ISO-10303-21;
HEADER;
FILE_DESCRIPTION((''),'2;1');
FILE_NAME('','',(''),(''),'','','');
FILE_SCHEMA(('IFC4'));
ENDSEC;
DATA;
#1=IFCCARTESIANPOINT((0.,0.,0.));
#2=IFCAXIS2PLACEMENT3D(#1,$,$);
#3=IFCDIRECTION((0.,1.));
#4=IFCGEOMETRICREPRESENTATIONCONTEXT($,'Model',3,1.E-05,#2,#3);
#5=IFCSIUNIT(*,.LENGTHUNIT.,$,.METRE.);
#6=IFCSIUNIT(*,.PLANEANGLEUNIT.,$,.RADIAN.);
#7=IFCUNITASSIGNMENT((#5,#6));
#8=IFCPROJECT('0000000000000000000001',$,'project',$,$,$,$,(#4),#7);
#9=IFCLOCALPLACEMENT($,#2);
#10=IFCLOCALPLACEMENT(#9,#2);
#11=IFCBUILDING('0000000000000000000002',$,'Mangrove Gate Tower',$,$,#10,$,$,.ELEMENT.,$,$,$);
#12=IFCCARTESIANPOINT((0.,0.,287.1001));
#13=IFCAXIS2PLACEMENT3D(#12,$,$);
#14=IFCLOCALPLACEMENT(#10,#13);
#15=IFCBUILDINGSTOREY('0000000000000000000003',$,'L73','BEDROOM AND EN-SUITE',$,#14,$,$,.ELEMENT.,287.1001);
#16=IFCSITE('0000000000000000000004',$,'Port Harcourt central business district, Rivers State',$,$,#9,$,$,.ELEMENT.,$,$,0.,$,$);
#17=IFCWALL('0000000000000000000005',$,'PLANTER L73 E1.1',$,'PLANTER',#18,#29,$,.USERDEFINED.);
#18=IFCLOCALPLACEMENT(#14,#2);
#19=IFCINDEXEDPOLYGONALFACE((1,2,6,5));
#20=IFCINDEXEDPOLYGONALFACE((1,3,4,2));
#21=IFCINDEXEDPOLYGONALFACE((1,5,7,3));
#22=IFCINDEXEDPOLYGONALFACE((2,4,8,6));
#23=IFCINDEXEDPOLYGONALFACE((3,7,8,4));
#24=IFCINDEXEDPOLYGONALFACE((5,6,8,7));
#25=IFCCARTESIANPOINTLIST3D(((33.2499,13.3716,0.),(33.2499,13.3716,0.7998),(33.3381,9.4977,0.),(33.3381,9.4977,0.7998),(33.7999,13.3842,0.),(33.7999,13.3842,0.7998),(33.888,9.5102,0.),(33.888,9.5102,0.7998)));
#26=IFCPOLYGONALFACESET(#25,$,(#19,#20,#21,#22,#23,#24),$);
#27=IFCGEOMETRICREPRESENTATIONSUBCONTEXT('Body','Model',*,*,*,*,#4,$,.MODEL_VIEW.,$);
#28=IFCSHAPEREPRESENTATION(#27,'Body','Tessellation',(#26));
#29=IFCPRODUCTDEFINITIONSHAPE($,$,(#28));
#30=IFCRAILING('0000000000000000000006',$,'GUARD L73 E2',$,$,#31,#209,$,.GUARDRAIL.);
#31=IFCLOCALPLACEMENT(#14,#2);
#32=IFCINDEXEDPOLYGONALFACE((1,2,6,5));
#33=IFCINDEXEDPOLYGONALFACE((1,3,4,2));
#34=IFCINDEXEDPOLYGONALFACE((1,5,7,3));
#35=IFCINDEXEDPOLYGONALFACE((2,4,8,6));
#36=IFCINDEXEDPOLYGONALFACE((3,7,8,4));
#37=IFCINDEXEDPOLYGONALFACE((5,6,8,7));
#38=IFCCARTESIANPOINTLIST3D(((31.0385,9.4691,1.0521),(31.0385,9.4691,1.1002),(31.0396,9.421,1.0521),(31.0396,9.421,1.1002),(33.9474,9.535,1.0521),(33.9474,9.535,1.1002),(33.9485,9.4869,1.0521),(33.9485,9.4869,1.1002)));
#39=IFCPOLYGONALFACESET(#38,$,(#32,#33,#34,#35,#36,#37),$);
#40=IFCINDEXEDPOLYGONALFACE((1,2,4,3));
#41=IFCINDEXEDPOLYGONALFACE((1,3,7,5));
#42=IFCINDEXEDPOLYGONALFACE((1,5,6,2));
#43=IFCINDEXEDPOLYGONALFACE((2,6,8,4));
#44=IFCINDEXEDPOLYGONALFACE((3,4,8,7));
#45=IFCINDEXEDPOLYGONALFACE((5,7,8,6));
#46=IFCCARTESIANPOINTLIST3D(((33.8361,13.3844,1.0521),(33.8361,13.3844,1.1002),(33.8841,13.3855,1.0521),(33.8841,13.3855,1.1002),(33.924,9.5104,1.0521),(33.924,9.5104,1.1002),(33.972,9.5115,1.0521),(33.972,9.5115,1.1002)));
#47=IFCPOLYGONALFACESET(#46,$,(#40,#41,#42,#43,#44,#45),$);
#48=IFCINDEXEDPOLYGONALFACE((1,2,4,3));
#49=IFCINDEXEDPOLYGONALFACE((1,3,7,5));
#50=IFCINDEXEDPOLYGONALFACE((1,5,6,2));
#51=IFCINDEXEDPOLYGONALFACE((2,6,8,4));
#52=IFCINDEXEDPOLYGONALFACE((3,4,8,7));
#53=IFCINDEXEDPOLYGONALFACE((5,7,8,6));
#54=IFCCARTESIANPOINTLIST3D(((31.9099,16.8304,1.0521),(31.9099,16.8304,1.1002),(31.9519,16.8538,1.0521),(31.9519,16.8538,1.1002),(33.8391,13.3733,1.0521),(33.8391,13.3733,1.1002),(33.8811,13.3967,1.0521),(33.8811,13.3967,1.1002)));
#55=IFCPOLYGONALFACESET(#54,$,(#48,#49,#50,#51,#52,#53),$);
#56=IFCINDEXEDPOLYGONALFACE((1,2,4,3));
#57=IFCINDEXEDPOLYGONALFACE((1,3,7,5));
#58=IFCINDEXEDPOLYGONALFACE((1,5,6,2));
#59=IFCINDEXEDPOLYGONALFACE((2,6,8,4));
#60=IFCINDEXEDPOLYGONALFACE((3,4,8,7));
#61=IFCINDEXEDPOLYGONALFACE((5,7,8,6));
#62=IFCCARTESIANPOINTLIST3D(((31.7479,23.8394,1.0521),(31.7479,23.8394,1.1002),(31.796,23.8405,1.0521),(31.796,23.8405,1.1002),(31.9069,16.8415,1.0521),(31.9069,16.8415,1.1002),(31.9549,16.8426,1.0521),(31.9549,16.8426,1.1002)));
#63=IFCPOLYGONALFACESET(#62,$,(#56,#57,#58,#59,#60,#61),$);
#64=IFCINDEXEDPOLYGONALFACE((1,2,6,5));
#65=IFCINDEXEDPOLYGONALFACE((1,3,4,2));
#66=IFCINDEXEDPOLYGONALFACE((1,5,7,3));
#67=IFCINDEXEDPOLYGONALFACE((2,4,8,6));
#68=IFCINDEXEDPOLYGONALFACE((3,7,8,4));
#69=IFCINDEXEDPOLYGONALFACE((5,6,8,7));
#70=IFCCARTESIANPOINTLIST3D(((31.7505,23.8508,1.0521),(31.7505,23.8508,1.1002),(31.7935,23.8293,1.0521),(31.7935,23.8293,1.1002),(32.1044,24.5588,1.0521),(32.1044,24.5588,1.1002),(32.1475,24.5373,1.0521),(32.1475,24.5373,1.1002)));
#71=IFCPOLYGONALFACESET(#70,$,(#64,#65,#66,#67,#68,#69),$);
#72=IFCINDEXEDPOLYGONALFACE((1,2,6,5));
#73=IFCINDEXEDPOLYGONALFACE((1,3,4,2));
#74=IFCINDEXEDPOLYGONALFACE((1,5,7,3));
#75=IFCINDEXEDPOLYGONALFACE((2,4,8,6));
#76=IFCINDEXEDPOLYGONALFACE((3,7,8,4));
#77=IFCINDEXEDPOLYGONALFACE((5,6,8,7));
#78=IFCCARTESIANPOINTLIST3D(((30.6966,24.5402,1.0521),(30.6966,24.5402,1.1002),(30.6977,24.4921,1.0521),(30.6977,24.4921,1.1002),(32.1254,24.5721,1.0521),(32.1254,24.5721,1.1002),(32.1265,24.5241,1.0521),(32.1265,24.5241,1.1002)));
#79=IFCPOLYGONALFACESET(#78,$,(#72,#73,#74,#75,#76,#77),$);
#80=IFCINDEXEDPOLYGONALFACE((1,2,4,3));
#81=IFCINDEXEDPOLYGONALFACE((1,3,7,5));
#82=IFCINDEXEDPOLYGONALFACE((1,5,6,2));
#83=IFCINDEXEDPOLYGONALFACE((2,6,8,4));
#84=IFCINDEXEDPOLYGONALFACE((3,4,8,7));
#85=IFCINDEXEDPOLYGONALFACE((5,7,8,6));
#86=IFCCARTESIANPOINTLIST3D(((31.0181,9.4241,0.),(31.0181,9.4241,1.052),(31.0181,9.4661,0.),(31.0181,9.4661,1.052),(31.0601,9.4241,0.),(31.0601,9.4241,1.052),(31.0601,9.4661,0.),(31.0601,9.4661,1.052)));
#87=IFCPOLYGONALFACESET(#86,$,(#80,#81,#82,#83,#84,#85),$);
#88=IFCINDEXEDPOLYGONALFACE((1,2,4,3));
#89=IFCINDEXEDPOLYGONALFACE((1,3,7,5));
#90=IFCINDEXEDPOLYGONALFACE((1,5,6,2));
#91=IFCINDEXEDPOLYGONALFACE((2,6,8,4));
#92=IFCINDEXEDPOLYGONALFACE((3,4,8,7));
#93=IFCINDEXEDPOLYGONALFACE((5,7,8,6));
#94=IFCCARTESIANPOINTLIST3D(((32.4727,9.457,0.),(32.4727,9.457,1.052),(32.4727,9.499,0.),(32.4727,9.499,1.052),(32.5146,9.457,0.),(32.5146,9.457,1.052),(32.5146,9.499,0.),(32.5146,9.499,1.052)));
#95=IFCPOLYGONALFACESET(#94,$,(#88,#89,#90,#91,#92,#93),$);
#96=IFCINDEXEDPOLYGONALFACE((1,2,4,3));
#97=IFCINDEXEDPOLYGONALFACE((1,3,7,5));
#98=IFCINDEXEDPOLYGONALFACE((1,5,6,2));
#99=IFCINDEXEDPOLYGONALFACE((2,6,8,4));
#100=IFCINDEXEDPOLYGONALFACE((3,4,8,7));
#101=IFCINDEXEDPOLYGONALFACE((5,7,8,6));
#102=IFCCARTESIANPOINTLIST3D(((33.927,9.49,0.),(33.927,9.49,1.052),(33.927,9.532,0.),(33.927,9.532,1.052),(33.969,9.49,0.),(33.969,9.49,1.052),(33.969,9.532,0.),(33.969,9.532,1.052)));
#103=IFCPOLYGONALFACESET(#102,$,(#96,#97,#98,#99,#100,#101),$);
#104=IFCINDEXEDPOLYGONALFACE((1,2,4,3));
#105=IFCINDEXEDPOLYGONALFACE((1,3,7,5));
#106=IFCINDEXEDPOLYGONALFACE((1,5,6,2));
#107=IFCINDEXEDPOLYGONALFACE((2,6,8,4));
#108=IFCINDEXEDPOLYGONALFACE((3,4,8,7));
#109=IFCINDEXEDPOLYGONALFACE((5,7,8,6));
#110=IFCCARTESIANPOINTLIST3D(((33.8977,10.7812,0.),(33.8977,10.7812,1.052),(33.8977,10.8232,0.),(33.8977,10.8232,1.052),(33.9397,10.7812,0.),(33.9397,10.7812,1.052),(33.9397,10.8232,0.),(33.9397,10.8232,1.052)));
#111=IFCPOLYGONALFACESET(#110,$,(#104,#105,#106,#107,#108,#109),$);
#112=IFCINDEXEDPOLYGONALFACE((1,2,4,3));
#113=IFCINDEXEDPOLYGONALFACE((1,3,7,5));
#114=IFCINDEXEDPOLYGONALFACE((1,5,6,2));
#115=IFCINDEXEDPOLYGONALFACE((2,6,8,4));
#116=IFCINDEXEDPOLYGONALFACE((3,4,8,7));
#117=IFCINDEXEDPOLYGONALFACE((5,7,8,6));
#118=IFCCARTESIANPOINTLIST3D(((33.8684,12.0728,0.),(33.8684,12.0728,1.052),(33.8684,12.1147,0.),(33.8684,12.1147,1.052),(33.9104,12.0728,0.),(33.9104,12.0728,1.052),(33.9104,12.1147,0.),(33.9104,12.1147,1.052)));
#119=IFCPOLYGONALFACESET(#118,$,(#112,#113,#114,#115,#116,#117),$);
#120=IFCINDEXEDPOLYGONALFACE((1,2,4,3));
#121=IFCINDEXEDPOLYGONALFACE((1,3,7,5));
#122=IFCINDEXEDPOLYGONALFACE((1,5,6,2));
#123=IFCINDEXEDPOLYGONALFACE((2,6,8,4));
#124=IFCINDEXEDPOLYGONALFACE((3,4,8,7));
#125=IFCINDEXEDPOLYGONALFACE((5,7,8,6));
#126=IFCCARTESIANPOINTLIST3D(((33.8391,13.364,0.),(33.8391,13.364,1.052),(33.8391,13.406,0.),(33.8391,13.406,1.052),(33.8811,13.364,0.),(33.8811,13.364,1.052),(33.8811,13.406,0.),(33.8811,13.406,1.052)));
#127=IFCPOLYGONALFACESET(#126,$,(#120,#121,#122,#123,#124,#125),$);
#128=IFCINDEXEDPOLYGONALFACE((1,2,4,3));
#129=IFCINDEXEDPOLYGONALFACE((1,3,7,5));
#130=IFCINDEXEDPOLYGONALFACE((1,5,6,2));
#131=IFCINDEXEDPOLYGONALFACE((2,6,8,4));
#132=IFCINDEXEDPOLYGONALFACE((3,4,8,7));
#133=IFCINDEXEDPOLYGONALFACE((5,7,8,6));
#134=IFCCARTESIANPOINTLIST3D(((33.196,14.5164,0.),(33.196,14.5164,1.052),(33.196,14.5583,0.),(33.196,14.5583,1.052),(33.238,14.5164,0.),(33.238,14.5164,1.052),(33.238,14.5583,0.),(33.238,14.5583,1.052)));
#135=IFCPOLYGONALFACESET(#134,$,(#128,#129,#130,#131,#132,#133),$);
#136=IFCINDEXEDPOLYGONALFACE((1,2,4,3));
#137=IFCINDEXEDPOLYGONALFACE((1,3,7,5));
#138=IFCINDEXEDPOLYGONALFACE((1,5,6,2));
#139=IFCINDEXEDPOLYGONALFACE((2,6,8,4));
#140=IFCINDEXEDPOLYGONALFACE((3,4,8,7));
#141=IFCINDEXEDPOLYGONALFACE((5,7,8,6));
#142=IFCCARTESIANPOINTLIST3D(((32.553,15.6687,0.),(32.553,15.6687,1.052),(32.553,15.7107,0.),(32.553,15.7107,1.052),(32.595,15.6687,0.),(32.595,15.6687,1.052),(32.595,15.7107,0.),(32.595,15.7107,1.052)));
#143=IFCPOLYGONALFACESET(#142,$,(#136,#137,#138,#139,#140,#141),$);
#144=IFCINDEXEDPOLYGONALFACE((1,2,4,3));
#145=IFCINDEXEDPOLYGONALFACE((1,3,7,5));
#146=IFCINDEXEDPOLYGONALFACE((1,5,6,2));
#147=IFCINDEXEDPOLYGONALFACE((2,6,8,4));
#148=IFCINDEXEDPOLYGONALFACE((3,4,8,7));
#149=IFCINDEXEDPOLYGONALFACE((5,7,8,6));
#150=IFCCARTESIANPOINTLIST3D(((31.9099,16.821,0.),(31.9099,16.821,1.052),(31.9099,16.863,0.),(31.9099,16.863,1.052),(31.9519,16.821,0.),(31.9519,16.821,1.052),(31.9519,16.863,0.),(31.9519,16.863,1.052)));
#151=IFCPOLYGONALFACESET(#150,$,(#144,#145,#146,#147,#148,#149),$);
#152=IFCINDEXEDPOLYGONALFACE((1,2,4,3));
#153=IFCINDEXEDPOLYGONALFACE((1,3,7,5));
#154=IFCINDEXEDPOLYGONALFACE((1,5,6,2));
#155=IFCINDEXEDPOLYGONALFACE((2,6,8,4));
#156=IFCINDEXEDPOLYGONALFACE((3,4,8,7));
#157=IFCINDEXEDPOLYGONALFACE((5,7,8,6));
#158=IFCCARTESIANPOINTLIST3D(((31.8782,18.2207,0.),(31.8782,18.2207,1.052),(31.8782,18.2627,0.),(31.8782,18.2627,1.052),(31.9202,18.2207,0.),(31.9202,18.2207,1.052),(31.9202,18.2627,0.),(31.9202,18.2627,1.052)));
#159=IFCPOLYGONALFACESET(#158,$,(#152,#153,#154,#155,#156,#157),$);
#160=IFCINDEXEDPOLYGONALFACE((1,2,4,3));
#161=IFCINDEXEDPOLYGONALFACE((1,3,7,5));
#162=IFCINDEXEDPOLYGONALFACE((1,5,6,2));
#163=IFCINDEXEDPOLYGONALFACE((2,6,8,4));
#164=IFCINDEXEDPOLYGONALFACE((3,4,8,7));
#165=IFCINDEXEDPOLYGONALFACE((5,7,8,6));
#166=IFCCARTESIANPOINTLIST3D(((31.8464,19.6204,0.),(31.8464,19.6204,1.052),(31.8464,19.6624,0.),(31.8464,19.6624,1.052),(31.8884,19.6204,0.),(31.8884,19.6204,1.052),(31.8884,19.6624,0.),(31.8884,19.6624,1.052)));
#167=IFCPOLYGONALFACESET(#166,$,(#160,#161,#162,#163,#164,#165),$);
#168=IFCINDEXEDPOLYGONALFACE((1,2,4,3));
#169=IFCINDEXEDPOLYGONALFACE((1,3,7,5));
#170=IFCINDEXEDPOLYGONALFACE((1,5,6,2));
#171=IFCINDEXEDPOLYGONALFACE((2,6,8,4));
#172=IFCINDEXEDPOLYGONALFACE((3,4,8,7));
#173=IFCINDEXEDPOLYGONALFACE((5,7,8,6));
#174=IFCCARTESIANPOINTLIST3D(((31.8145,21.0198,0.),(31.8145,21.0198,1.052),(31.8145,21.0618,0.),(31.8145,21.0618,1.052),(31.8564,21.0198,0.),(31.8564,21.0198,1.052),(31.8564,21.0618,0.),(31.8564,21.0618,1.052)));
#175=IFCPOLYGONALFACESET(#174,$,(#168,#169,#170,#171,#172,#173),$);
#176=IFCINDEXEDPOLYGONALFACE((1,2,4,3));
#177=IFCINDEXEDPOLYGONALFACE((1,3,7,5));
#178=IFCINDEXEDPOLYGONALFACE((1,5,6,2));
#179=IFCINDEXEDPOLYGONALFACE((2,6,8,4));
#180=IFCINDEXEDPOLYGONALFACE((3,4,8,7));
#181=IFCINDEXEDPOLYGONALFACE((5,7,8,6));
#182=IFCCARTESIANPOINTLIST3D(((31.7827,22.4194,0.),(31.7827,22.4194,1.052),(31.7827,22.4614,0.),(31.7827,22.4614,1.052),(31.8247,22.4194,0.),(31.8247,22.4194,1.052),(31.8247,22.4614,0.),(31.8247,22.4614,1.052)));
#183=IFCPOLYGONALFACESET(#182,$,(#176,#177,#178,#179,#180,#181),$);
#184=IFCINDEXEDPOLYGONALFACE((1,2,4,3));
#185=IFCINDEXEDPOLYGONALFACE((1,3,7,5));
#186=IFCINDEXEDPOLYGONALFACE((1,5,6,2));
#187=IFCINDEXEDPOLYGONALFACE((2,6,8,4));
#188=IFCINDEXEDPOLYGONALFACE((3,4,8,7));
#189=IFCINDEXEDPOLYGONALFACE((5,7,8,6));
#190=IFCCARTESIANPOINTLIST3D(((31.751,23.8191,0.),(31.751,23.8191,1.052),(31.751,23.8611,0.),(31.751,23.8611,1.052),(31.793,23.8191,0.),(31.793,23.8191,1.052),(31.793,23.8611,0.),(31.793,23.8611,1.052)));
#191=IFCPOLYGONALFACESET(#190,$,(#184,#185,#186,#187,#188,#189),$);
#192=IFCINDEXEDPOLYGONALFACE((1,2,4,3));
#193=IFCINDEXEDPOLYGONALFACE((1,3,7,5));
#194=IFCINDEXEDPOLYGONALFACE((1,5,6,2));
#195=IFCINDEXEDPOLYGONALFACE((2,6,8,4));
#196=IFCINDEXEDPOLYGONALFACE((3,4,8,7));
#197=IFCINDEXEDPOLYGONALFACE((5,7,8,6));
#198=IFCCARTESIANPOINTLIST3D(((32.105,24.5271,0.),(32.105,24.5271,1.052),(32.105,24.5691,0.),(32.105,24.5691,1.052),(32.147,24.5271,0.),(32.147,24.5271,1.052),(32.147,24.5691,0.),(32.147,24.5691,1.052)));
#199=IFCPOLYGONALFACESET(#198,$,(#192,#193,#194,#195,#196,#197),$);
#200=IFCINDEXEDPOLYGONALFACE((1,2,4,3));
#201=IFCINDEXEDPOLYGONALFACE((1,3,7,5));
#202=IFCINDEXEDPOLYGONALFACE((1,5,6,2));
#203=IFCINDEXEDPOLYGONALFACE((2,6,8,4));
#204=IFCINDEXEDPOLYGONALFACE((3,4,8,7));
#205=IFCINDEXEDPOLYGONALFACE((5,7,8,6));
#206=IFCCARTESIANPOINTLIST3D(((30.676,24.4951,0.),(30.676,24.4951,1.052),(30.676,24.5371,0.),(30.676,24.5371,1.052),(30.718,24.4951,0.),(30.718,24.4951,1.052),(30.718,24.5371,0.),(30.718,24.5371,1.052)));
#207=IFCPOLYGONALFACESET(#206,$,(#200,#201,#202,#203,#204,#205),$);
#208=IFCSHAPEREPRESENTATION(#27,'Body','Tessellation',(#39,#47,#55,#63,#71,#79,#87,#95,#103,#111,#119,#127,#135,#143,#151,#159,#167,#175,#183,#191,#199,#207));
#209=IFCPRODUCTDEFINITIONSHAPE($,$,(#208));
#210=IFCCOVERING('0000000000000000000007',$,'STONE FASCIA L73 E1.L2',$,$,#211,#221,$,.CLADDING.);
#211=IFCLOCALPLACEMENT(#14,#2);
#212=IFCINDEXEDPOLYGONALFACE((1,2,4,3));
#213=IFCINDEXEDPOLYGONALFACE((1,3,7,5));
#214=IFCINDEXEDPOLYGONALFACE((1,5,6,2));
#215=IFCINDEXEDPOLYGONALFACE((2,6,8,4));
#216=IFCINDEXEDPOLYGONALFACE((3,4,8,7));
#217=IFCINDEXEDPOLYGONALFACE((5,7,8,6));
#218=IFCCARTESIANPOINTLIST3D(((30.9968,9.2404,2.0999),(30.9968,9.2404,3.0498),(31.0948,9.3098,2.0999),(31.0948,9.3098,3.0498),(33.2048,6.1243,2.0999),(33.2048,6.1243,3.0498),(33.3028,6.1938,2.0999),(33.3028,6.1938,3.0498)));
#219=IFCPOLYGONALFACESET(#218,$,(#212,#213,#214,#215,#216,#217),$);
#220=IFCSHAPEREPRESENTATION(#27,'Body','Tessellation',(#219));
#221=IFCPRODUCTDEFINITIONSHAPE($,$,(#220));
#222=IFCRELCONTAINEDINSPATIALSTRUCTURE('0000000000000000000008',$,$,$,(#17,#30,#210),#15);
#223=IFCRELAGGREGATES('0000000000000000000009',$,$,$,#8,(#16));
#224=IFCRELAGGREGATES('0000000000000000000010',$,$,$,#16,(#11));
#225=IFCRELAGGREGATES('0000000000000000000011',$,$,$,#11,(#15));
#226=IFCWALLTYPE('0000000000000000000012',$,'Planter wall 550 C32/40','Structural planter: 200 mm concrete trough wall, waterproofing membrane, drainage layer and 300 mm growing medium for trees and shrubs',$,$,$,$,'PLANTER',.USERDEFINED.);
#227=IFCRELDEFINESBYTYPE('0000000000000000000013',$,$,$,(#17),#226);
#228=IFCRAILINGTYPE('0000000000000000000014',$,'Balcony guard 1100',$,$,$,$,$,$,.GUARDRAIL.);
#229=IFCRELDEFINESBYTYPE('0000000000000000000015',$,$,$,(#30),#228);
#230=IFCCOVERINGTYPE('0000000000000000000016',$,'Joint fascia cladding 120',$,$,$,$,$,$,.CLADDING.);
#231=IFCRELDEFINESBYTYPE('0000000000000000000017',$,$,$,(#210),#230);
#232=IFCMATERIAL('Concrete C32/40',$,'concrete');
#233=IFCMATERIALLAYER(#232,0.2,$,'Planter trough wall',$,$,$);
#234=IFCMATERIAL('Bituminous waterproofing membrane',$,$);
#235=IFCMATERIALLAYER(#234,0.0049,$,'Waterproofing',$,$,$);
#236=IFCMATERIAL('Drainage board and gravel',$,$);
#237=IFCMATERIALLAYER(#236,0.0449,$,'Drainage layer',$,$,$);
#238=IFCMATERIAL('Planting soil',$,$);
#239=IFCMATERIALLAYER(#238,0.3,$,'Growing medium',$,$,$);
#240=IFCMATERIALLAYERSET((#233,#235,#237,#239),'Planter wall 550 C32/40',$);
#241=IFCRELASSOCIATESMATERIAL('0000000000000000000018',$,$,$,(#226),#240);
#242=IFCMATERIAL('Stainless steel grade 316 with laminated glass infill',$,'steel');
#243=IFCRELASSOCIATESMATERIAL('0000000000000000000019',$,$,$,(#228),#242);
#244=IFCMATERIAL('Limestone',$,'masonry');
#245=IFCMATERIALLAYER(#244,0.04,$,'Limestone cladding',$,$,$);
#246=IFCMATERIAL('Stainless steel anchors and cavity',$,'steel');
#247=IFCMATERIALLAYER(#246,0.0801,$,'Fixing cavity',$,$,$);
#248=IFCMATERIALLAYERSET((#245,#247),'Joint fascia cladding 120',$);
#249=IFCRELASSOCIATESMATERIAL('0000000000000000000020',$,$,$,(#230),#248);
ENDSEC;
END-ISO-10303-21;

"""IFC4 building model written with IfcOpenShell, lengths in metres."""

from ifc_helpers import new_model, si_unit, direction, frame, frame_2d, origin, origin_2d, place, context, subcontext, project, spatial, rectangle, extrude, material, layer, layer_set, type_object, element, save


model = new_model("IFC4")

# Units and contexts
model_context = context("Model", 3, precision=1e-05, world=origin(), true_north=direction((0.0, 1.0)))
body_context = subcontext(model_context, "Body", "Model", "MODEL_VIEW")
ifc_project = project(units=[si_unit("LENGTHUNIT", "METRE"), si_unit("PLANEANGLEUNIT", "RADIAN")], contexts=[model_context])

# Site, building, storey
site_placement = place(None, origin())
site = spatial("IfcSite", under=ifc_project, at=site_placement, Name="Port Harcourt central business district, Rivers State", CompositionType="ELEMENT", RefElevation=0.0)
building_placement = place(site_placement, origin())
building = spatial("IfcBuilding", under=site, at=building_placement, Name="Mangrove Gate Tower", CompositionType="ELEMENT")
storey_placement = place(building_placement, frame((0.0, 0.0, 287.1001)))
storey = spatial("IfcBuildingStorey", under=building, at=storey_placement, Name="L73", Description="BEDROOM AND EN-SUITE", CompositionType="ELEMENT", Elevation=287.1001)

# Shared definitions
ifc_material_1 = material(Name="Limestone", Category="masonry")

# Wall
ifc_material_2 = material(Name="Concrete C32/40", Category="concrete")
ifc_layer_1 = layer(ifc_material_2, 0.2, Name="Planter trough wall")
ifc_material_3 = material(Name="Bituminous waterproofing membrane")
ifc_layer_2 = layer(ifc_material_3, 0.0049, Name="Waterproofing")
ifc_material_4 = material(Name="Drainage board and gravel")
ifc_layer_3 = layer(ifc_material_4, 0.0449, Name="Drainage layer")
ifc_material_5 = material(Name="Planting soil")
ifc_layer_4 = layer(ifc_material_5, 0.3, Name="Growing medium")
ifc_layer_set_1 = layer_set([ifc_layer_1, ifc_layer_2, ifc_layer_3, ifc_layer_4], Name="Planter wall 550 C32/40")
wall_type_1 = type_object("IfcWallType", Name="Planter wall 550 C32/40", Description="Structural planter: 200 mm concrete trough wall, waterproofing membrane, drainage layer and 300 mm growing medium for trees and shrubs", ElementType="PLANTER", PredefinedType="USERDEFINED", material=ifc_layer_set_1)
wall_1_placement = place(storey_placement, frame((33.613, 9.5039, 0.0), z_axis=(0.0, 0.0, 1.0), x_axis=(-0.022744, 0.999741, 0.0)))
element("IfcWall", 1, at=wall_1_placement, inside=storey, type_object=wall_type_1, Name="PLANTER L73 E1.1", ObjectType="PLANTER", PredefinedType="USERDEFINED", context=body_context, shape_type="SweptSolid", body=[
    extrude(rectangle(XDim=3.875, YDim=0.55, at=frame_2d((1.9375, 0.0))), origin(), (0.0, 0.0, 1.0), 0.7998),
])

# Railing
ifc_material_6 = material(Name="Stainless steel grade 316 with laminated glass infill", Category="steel")
railing_type = type_object("IfcRailingType", Name="Balcony guard 1100", PredefinedType="GUARDRAIL", material=ifc_material_6)
railing_placement = place(storey_placement, frame((31.0391, 9.4451, 0.0)))
element("IfcRailing", 2, at=railing_placement, inside=storey, type_object=railing_type, Name="GUARD L73 E2", PredefinedType="GUARDRAIL", context=body_context, shape_type="SweptSolid", body=[
    extrude(rectangle(XDim=0.0481, YDim=0.0481, at=origin_2d()), frame((0.0, 0.0, 1.0762), z_axis=(0.999743, 0.022655, 0.0), x_axis=(-0.022655, 0.999743, 0.0)), (0.0, 0.0, 1.0), 2.9097),
    extrude(rectangle(XDim=0.0481, YDim=0.0481, at=origin_2d()), frame((2.9089, 0.0659, 1.0762), z_axis=(-0.022681, 0.999743, 0.0), x_axis=(-0.999743, -0.022681, 0.0)), (0.0, 0.0, 1.0), 3.875),
    extrude(rectangle(XDim=0.0481, YDim=0.0481, at=origin_2d()), frame((2.821, 3.9399, 1.0762), z_axis=(-0.487307, 0.873231, 0.0), x_axis=(-0.873231, -0.487307, 0.0)), (0.0, 0.0, 1.0), 3.959),
    extrude(rectangle(XDim=0.0481, YDim=0.0481, at=origin_2d()), frame((0.8918, 7.397, 1.0762), z_axis=(-0.022706, 0.999742, 0.0), x_axis=(-0.999742, -0.022706, 0.0)), (0.0, 0.0, 1.0), 6.9998),
    extrude(rectangle(XDim=0.0481, YDim=0.0481, at=origin_2d()), frame((0.7329, 14.395, 1.0762), z_axis=(0.447214, 0.894427, 0.0), x_axis=(-0.894427, 0.447214, 0.0)), (0.0, 0.0, 1.0), 0.7915),
    extrude(rectangle(XDim=0.0481, YDim=0.0481, at=origin_2d()), frame((1.0869, 15.103, 1.0762), z_axis=(-0.99975, -0.022376, 0.0), x_axis=(0.022376, -0.99975, 0.0)), (0.0, 0.0, 1.0), 1.4292),
    extrude(rectangle(XDim=0.042, YDim=0.042, at=origin_2d()), origin(), (0.0, 0.0, 1.0), 1.052),
    extrude(rectangle(XDim=0.042, YDim=0.042, at=origin_2d()), frame((1.4546, 0.033, 0.0)), (0.0, 0.0, 1.0), 1.052),
    extrude(rectangle(XDim=0.042, YDim=0.042, at=origin_2d()), frame((2.9089, 0.0659, 0.0)), (0.0, 0.0, 1.0), 1.052),
    extrude(rectangle(XDim=0.042, YDim=0.042, at=origin_2d()), frame((2.8796, 1.3572, 0.0)), (0.0, 0.0, 1.0), 1.052),
    extrude(rectangle(XDim=0.042, YDim=0.042, at=origin_2d()), frame((2.8503, 2.6487, 0.0)), (0.0, 0.0, 1.0), 1.052),
    extrude(rectangle(XDim=0.042, YDim=0.042, at=origin_2d()), frame((2.821, 3.9399, 0.0)), (0.0, 0.0, 1.0), 1.052),
    extrude(rectangle(XDim=0.042, YDim=0.042, at=origin_2d()), frame((2.178, 5.0923, 0.0)), (0.0, 0.0, 1.0), 1.052),
    extrude(rectangle(XDim=0.042, YDim=0.042, at=origin_2d()), frame((1.5349, 6.2446, 0.0)), (0.0, 0.0, 1.0), 1.052),
    extrude(rectangle(XDim=0.042, YDim=0.042, at=origin_2d()), frame((0.8918, 7.397, 0.0)), (0.0, 0.0, 1.0), 1.052),
    extrude(rectangle(XDim=0.042, YDim=0.042, at=origin_2d()), frame((0.8601, 8.7966, 0.0)), (0.0, 0.0, 1.0), 1.052),
    extrude(rectangle(XDim=0.042, YDim=0.042, at=origin_2d()), frame((0.8284, 10.1963, 0.0)), (0.0, 0.0, 1.0), 1.052),
    extrude(rectangle(XDim=0.042, YDim=0.042, at=origin_2d()), frame((0.7964, 11.5957, 0.0)), (0.0, 0.0, 1.0), 1.052),
    extrude(rectangle(XDim=0.042, YDim=0.042, at=origin_2d()), frame((0.7646, 12.9954, 0.0)), (0.0, 0.0, 1.0), 1.052),
    extrude(rectangle(XDim=0.042, YDim=0.042, at=origin_2d()), frame((0.7329, 14.395, 0.0)), (0.0, 0.0, 1.0), 1.052),
    extrude(rectangle(XDim=0.042, YDim=0.042, at=origin_2d()), frame((1.0869, 15.103, 0.0)), (0.0, 0.0, 1.0), 1.052),
    extrude(rectangle(XDim=0.042, YDim=0.042, at=origin_2d()), frame((-0.342, 15.071, 0.0)), (0.0, 0.0, 1.0), 1.052),
])

# Covering
ifc_layer_5 = layer(ifc_material_1, 0.04, Name="Limestone cladding")
ifc_material_7 = material(Name="Stainless steel anchors and cavity", Category="steel")
ifc_layer_6 = layer(ifc_material_7, 0.0801, Name="Fixing cavity")
ifc_layer_set_2 = layer_set([ifc_layer_5, ifc_layer_6], Name="Joint fascia cladding 120")
covering_type = type_object("IfcCoveringType", Name="Joint fascia cladding 120", PredefinedType="CLADDING", material=ifc_layer_set_2)
covering_placement = place(storey_placement, frame((33.2539, 6.1589, 2.0999), z_axis=(0.0, 0.0, 1.0), x_axis=(-0.578168, 0.815918, 0.0)))
element("IfcCovering", 3, at=covering_placement, inside=storey, type_object=covering_type, Name="STONE FASCIA L73 E1.L2", PredefinedType="CLADDING", context=body_context, shape_type="SweptSolid", body=[
    extrude(rectangle(XDim=3.8191, YDim=0.1201, at=frame_2d((1.9097, 0.0))), origin(), (0.0, 0.0, 1.0), 0.95),
])

save(model, "model.ifc")
